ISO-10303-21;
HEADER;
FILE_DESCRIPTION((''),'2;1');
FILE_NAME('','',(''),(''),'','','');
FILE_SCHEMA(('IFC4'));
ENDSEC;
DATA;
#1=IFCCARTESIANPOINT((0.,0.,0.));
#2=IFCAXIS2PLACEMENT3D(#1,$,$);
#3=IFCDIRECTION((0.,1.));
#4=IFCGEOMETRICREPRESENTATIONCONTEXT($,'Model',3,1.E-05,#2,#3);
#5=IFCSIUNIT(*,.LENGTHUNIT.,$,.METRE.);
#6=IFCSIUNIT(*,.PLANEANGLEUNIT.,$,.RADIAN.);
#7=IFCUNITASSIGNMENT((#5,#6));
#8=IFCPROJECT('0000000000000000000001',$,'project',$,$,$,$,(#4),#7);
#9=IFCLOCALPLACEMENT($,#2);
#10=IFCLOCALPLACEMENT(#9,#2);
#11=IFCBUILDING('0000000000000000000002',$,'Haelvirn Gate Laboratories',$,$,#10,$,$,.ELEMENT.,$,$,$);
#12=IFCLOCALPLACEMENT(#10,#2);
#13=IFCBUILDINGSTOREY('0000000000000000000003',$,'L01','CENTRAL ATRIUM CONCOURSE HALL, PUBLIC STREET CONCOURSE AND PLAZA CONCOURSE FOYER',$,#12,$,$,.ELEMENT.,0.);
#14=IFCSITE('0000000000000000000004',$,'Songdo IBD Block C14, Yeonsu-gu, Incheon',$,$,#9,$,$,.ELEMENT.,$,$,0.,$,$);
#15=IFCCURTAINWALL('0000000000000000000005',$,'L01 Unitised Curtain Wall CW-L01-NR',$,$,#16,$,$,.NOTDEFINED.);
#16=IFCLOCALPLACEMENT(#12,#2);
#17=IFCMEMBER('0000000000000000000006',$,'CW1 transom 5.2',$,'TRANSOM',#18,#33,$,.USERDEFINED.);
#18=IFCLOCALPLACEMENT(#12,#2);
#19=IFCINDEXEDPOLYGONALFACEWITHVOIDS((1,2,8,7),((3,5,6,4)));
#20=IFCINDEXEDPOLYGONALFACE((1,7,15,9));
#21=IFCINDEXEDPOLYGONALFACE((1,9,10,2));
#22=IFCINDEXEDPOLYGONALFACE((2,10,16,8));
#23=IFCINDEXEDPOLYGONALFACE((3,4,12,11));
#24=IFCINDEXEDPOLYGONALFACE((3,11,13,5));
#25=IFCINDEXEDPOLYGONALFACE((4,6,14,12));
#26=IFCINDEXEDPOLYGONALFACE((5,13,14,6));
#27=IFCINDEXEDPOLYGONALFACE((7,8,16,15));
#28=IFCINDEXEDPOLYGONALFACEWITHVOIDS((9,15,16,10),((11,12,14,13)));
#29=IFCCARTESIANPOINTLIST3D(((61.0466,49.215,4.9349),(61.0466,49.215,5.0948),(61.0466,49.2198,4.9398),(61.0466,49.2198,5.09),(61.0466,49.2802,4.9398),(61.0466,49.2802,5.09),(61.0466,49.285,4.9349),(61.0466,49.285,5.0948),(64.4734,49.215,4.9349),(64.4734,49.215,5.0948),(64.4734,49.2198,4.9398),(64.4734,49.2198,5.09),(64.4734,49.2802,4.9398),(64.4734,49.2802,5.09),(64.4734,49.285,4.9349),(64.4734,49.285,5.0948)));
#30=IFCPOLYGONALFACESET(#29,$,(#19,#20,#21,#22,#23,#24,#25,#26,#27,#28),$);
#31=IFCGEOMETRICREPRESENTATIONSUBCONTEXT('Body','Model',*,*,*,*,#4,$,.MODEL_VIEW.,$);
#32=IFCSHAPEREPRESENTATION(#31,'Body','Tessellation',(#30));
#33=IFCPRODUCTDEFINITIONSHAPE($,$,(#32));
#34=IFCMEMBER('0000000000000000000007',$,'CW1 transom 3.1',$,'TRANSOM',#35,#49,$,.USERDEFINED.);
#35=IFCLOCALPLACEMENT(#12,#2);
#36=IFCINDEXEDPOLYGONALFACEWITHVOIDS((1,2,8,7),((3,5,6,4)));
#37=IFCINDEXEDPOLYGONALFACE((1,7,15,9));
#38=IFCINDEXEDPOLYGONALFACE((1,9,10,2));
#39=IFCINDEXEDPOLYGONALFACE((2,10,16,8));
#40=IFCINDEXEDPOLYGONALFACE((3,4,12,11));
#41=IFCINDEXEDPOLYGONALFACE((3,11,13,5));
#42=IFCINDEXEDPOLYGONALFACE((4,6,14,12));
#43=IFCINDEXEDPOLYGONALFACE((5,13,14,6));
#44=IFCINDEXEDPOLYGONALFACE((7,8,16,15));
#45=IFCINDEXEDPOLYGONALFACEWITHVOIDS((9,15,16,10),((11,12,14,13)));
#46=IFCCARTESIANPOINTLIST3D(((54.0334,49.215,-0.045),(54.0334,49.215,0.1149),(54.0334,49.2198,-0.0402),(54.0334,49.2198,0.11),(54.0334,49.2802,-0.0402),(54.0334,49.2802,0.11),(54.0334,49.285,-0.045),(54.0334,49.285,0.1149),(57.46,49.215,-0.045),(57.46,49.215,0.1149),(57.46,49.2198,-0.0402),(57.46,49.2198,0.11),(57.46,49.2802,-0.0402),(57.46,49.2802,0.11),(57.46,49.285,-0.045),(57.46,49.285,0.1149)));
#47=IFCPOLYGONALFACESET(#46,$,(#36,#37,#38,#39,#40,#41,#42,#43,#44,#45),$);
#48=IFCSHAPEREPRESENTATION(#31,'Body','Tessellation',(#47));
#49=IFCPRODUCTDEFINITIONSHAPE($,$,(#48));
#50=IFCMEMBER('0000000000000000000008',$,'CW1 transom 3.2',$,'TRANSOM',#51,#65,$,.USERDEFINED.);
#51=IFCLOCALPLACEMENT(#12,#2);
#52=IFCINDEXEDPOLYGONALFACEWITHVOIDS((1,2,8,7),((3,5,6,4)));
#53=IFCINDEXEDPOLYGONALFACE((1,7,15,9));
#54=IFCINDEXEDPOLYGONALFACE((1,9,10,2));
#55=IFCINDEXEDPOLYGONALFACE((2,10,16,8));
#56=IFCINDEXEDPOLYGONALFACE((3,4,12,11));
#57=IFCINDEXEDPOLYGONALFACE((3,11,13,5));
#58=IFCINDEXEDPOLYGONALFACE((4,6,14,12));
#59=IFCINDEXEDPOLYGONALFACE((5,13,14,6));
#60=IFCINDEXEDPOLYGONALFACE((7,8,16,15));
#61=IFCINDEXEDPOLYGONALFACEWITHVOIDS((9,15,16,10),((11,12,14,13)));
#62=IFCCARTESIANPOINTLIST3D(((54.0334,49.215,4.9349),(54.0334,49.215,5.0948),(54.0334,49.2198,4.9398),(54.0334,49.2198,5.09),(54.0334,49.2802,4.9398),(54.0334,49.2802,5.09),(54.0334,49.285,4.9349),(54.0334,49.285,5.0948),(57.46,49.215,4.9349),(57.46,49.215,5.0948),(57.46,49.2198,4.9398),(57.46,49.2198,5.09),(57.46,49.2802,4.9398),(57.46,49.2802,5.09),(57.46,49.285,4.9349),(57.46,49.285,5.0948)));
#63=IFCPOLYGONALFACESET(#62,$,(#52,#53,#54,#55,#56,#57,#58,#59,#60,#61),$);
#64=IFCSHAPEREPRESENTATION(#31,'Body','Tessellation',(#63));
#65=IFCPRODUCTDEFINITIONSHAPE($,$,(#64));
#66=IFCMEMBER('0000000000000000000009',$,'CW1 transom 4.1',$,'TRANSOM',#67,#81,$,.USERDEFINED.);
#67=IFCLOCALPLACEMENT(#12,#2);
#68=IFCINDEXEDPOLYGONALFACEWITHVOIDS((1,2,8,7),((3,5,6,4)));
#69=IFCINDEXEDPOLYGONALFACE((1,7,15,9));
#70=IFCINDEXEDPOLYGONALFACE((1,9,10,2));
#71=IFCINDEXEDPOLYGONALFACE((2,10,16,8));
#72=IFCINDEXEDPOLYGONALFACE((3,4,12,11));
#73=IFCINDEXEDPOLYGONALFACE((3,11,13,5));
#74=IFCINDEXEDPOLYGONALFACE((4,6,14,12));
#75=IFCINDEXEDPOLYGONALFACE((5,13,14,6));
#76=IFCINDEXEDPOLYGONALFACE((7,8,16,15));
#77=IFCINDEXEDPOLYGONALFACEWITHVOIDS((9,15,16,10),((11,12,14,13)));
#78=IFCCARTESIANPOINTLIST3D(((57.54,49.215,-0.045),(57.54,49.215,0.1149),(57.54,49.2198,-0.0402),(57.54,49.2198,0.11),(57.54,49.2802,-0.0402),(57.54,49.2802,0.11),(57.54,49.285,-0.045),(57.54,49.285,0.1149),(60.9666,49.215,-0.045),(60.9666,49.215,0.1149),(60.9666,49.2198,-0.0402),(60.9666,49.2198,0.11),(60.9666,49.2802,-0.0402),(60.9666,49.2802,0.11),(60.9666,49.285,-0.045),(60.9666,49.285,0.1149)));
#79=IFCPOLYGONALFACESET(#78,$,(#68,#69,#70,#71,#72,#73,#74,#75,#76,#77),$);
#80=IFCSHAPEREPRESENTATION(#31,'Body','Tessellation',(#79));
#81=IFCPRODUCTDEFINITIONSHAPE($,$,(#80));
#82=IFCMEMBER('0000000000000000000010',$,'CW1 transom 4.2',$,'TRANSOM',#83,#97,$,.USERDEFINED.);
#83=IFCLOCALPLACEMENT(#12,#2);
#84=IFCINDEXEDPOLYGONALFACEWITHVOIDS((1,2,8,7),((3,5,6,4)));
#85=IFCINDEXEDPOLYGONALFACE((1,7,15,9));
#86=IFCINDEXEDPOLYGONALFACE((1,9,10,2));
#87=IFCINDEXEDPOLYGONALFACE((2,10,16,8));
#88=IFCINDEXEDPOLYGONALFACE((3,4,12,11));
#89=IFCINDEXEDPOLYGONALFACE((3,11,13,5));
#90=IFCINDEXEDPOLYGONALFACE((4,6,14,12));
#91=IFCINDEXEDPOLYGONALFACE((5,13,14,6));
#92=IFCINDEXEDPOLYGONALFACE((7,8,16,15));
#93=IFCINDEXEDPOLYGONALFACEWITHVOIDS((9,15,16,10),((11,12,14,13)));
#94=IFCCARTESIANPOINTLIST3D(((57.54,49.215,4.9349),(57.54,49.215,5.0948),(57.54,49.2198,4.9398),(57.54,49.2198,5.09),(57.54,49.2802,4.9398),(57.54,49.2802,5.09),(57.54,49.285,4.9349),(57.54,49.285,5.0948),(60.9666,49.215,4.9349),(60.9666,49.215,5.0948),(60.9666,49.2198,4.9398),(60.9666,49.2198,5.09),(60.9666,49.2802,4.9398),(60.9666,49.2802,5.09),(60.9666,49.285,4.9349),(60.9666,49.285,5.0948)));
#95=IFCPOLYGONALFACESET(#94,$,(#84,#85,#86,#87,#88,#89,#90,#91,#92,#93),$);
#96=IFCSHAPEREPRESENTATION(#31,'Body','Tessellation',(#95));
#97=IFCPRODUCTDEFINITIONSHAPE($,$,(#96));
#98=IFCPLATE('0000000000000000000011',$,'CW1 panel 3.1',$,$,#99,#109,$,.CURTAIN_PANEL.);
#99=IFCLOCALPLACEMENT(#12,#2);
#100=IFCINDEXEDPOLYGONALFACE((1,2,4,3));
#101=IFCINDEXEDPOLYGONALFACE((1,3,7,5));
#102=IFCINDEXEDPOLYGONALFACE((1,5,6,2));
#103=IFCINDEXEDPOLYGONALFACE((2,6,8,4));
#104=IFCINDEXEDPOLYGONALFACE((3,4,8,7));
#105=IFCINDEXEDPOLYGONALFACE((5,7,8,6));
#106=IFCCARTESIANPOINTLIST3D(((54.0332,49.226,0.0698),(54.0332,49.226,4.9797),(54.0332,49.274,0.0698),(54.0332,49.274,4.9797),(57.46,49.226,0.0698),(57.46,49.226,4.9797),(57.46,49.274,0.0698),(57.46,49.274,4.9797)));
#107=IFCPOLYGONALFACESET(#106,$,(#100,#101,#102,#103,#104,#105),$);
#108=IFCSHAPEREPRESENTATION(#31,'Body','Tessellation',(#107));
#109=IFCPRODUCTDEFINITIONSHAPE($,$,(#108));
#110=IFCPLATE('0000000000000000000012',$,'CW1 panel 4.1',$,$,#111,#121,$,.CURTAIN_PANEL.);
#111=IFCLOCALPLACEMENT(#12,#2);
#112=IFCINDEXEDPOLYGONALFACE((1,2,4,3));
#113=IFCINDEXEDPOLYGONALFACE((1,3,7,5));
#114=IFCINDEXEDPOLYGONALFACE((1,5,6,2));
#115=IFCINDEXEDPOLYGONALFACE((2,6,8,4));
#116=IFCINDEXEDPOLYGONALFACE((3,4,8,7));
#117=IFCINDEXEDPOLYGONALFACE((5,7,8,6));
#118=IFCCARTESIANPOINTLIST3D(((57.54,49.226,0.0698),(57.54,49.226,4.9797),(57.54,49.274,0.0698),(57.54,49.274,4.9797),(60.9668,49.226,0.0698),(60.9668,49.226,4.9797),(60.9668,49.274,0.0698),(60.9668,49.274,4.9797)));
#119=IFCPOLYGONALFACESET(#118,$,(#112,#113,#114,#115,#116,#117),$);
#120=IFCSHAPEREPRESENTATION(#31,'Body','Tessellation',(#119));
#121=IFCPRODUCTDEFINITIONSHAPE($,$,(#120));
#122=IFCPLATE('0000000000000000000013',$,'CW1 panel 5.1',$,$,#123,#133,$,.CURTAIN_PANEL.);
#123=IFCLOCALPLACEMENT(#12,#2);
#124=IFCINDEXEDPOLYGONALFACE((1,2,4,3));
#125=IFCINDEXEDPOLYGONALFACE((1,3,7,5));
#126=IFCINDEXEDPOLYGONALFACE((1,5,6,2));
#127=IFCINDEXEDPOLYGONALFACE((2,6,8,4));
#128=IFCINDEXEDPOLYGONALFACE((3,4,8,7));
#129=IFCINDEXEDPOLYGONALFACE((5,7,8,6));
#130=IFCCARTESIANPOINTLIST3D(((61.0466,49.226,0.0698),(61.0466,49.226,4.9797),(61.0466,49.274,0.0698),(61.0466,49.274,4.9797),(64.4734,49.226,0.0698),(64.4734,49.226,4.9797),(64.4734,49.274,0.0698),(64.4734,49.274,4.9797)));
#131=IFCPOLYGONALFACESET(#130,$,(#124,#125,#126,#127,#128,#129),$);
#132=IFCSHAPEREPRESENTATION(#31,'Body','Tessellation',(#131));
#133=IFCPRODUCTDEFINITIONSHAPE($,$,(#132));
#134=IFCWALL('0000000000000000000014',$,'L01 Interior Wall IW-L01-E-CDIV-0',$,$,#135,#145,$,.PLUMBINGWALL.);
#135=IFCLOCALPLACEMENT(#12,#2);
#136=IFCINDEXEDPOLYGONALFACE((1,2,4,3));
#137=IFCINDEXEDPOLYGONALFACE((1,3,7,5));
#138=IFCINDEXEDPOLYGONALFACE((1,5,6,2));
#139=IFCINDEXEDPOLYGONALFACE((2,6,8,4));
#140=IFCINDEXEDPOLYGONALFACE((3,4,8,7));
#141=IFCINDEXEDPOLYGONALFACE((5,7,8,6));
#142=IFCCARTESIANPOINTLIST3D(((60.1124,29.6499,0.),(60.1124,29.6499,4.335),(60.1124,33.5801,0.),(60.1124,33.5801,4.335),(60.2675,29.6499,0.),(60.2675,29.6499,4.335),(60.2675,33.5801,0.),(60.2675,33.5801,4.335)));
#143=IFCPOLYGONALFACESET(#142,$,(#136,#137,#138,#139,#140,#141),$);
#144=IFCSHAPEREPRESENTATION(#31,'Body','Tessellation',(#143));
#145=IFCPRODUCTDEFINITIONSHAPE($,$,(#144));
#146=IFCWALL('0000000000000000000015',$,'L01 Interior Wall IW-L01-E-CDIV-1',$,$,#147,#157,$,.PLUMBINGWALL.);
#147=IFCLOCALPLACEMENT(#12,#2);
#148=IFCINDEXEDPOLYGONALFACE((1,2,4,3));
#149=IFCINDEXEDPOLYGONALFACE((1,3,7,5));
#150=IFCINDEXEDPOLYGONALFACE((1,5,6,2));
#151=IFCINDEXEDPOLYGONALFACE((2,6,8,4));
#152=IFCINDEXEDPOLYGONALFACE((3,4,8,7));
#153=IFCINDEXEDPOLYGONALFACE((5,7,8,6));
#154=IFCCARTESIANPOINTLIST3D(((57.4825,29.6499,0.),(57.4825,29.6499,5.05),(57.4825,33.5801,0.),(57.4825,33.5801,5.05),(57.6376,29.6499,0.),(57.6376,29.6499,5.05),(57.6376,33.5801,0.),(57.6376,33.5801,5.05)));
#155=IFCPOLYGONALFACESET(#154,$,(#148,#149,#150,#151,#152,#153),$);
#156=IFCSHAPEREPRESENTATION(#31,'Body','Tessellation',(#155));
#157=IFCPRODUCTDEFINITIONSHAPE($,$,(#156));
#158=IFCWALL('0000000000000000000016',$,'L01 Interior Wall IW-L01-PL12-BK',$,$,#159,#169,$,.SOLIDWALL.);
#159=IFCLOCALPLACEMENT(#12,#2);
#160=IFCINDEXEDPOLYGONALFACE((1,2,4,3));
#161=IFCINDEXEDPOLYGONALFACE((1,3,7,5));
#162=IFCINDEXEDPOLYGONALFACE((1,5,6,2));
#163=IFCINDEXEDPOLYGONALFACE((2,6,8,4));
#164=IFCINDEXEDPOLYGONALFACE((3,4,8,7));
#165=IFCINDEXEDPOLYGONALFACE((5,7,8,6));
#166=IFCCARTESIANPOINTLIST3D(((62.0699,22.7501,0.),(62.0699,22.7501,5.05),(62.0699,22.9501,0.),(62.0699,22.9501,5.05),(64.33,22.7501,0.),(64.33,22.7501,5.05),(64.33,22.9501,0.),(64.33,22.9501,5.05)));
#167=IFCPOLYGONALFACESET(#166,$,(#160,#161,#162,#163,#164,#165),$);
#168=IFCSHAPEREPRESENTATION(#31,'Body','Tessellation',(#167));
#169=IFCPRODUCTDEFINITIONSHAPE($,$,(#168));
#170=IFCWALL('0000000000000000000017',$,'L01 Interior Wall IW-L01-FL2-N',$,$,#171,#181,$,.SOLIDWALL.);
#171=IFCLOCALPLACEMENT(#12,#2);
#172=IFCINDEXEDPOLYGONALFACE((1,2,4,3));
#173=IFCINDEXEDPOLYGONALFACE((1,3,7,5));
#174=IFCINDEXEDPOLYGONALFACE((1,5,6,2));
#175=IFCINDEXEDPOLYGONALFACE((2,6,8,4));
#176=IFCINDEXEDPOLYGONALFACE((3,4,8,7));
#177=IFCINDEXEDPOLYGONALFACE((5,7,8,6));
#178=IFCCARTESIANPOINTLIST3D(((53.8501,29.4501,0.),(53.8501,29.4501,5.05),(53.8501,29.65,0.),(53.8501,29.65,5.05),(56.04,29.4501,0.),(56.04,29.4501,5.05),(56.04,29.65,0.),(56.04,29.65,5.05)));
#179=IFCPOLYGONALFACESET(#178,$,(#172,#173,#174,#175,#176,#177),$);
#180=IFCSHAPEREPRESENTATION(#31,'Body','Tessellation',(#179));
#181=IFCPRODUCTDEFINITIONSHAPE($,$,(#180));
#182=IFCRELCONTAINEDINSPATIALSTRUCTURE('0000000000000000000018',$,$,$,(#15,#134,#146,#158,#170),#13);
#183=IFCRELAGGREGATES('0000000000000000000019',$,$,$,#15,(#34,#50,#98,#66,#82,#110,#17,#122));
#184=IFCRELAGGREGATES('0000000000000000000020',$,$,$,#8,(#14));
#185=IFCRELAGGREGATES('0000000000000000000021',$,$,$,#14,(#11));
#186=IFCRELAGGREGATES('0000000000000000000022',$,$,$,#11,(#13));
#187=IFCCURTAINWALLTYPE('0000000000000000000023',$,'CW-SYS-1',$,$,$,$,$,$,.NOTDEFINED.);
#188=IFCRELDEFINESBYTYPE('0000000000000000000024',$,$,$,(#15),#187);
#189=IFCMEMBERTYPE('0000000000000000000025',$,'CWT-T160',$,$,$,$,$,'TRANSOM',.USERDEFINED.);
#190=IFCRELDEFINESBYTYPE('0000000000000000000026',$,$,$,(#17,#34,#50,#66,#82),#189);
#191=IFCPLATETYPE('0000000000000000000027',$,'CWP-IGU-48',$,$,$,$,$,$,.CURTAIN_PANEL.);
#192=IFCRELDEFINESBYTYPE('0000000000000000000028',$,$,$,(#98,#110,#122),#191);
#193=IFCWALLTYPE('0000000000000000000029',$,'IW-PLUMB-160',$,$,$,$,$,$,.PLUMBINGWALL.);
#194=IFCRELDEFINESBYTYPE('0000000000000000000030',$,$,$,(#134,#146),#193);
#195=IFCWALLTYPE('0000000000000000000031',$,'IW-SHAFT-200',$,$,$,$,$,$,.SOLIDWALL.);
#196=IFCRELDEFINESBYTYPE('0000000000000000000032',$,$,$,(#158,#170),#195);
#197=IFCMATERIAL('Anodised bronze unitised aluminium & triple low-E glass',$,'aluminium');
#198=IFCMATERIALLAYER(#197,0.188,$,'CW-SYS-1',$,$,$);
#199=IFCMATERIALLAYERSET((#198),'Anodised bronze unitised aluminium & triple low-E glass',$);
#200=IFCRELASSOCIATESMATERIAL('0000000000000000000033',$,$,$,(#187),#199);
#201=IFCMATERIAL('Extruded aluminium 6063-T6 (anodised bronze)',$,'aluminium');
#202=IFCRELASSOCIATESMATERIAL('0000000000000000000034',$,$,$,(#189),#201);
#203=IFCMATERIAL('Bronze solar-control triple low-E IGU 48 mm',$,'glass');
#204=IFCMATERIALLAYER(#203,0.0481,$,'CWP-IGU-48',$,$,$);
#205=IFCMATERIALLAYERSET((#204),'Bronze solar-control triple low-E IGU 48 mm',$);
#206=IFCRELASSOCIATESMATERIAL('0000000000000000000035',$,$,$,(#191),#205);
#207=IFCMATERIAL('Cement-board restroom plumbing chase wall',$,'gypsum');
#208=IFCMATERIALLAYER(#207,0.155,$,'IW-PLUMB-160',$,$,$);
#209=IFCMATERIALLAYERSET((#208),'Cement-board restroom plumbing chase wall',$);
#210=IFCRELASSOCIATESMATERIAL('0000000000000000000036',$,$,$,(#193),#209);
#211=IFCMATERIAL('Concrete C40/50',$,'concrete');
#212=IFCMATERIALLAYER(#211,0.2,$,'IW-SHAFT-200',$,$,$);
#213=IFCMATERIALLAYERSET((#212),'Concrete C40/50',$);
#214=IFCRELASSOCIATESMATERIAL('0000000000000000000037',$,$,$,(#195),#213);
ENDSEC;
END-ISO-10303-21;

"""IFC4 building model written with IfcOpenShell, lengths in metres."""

from ifc_helpers import new_model, si_unit, direction, frame, frame_2d, origin, origin_2d, place, context, subcontext, project, spatial, rectangle, hollow_rectangle, extrude, source, transform, mapped, material, layer, layer_set, material_profile, profile_set, type_object, type_shapes, element, aggregate, save


model = new_model("IFC4")

# Units and contexts
model_context = context("Model", 3, precision=1e-05, world=origin(), true_north=direction((0.0, 1.0)))
body_context = subcontext(model_context, "Body", "Model", "MODEL_VIEW")
ifc_project = project(units=[si_unit("LENGTHUNIT", "METRE"), si_unit("PLANEANGLEUNIT", "RADIAN")], contexts=[model_context])

# Site, building, storey
site_placement = place(None, origin())
site = spatial("IfcSite", under=ifc_project, at=site_placement, Name="Songdo IBD Block C14, Yeonsu-gu, Incheon", CompositionType="ELEMENT", RefElevation=0.0)
building_placement = place(site_placement, origin())
building = spatial("IfcBuilding", under=site, at=building_placement, Name="Haelvirn Gate Laboratories", CompositionType="ELEMENT")
storey_placement = place(building_placement, origin())
storey = spatial("IfcBuildingStorey", under=building, at=storey_placement, Name="L01", Description="CENTRAL ATRIUM CONCOURSE HALL, PUBLIC STREET CONCOURSE AND PLAZA CONCOURSE FOYER", CompositionType="ELEMENT", Elevation=0.0)

# Curtain wall, members, plates
ifc_material_1 = material(Name="Anodised bronze unitised aluminium & triple low-E glass", Category="aluminium")
ifc_layer_1 = layer(ifc_material_1, 0.188, Name="CW-SYS-1")
ifc_layer_set_1 = layer_set([ifc_layer_1], Name="Anodised bronze unitised aluminium & triple low-E glass")
curtain_wall_type = type_object("IfcCurtainWallType", Name="CW-SYS-1", PredefinedType="NOTDEFINED", material=ifc_layer_set_1)
curtain_wall_placement = place(storey_placement, origin())
curtain_wall = element("IfcCurtainWall", 1, at=curtain_wall_placement, inside=storey, type_object=curtain_wall_type, Name="L01 Unitised Curtain Wall CW-L01-NR", PredefinedType="NOTDEFINED")
ifc_material_2 = material(Name="Extruded aluminium 6063-T6 (anodised bronze)", Category="aluminium")
ifc_material_profile_1 = material_profile(ifc_material_2, hollow_rectangle(XDim=0.0701, YDim=0.1599, WallThickness=0.0049, at=origin_2d()), Name="CWT-160x70x5")
ifc_profile_set_1 = profile_set([ifc_material_profile_1], Name="Extruded aluminium 6063-T6 (anodised bronze)")
member_type_1 = type_object("IfcMemberType", Name="CWT-T160", ElementType="TRANSOM", PredefinedType="USERDEFINED", material=ifc_profile_set_1)
shared_shape_1 = source(origin(), body_context, "Body", "SweptSolid", [
    extrude(hollow_rectangle(XDim=0.0701, YDim=0.1599, WallThickness=0.0049, at=origin_2d()), origin(), (0.0, 0.0, 1.0), 3.4268),
])
member_1_placement = place(storey_placement, frame((61.0466, 49.25, 5.0149), z_axis=(1.0, 0.0, 0.0), x_axis=(0.0, 1.0, 0.0)))
member_1 = element("IfcMember", 2, at=member_1_placement, type_object=member_type_1, Name="CW1 transom 5.2", ObjectType="TRANSOM", PredefinedType="USERDEFINED", context=body_context, shape_type="MappedRepresentation", body=[
    mapped(shared_shape_1, transform((0.0, 0.0, 0.0), scale=1.0)),
])
shared_shape_2 = source(origin(), body_context, "Body", "SweptSolid", [
    extrude(hollow_rectangle(XDim=0.0701, YDim=0.1599, WallThickness=0.0049, at=origin_2d()), origin(), (0.0, 0.0, 1.0), 3.4265),
])
type_shapes(member_type_1, [shared_shape_1, shared_shape_2])
member_2_placement = place(storey_placement, frame((54.0334, 49.25, 0.0349), z_axis=(1.0, 0.0, 0.0), x_axis=(0.0, 1.0, 0.0)))
member_2 = element("IfcMember", 3, at=member_2_placement, type_object=member_type_1, Name="CW1 transom 3.1", ObjectType="TRANSOM", PredefinedType="USERDEFINED", context=body_context, shape_type="MappedRepresentation", body=[
    mapped(shared_shape_2, transform((0.0, 0.0, 0.0), scale=1.0)),
])
member_3_placement = place(storey_placement, frame((54.0334, 49.25, 5.0149), z_axis=(1.0, 0.0, 0.0), x_axis=(0.0, 1.0, 0.0)))
member_3 = element("IfcMember", 4, at=member_3_placement, type_object=member_type_1, Name="CW1 transom 3.2", ObjectType="TRANSOM", PredefinedType="USERDEFINED", context=body_context, shape_type="MappedRepresentation", body=[
    mapped(shared_shape_2, transform((0.0, 0.0, 0.0), scale=1.0)),
])
member_4_placement = place(storey_placement, frame((57.54, 49.25, 0.0349), z_axis=(1.0, 0.0, 0.0), x_axis=(0.0, 1.0, 0.0)))
member_4 = element("IfcMember", 5, at=member_4_placement, type_object=member_type_1, Name="CW1 transom 4.1", ObjectType="TRANSOM", PredefinedType="USERDEFINED", context=body_context, shape_type="MappedRepresentation", body=[
    mapped(shared_shape_2, transform((0.0, 0.0, 0.0), scale=1.0)),
])
member_5_placement = place(storey_placement, frame((57.54, 49.25, 5.0149), z_axis=(1.0, 0.0, 0.0), x_axis=(0.0, 1.0, 0.0)))
member_5 = element("IfcMember", 6, at=member_5_placement, type_object=member_type_1, Name="CW1 transom 4.2", ObjectType="TRANSOM", PredefinedType="USERDEFINED", context=body_context, shape_type="MappedRepresentation", body=[
    mapped(shared_shape_2, transform((0.0, 0.0, 0.0), scale=1.0)),
])
ifc_material_3 = material(Name="Bronze solar-control triple low-E IGU 48 mm", Category="glass")
ifc_layer_2 = layer(ifc_material_3, 0.0481, Name="CWP-IGU-48")
ifc_layer_set_2 = layer_set([ifc_layer_2], Name="Bronze solar-control triple low-E IGU 48 mm")
plate_type = type_object("IfcPlateType", Name="CWP-IGU-48", PredefinedType="CURTAIN_PANEL", material=ifc_layer_set_2)
shared_shape_3 = source(origin(), body_context, "Body", "SweptSolid", [
    extrude(rectangle(XDim=3.4268, YDim=0.0481, at=origin_2d()), origin(), (0.0, 0.0, 1.0), 4.9099),
])
type_shapes(plate_type, [shared_shape_3])
plate_1_placement = place(storey_placement, frame((55.7466, 49.25, 0.0698), z_axis=(0.0, 0.0, 1.0), x_axis=(1.0, 0.0, 0.0)))
plate_1 = element("IfcPlate", 7, at=plate_1_placement, type_object=plate_type, Name="CW1 panel 3.1", PredefinedType="CURTAIN_PANEL", context=body_context, shape_type="MappedRepresentation", body=[
    mapped(shared_shape_3, transform((0.0, 0.0, 0.0), scale=1.0)),
])
plate_2_placement = place(storey_placement, frame((59.2534, 49.25, 0.0698), z_axis=(0.0, 0.0, 1.0), x_axis=(1.0, 0.0, 0.0)))
plate_2 = element("IfcPlate", 8, at=plate_2_placement, type_object=plate_type, Name="CW1 panel 4.1", PredefinedType="CURTAIN_PANEL", context=body_context, shape_type="MappedRepresentation", body=[
    mapped(shared_shape_3, transform((0.0, 0.0, 0.0), scale=1.0)),
])
plate_3_placement = place(storey_placement, frame((62.76, 49.25, 0.0698), z_axis=(0.0, 0.0, 1.0), x_axis=(1.0, 0.0, 0.0)))
plate_3 = element("IfcPlate", 9, at=plate_3_placement, type_object=plate_type, Name="CW1 panel 5.1", PredefinedType="CURTAIN_PANEL", context=body_context, shape_type="MappedRepresentation", body=[
    mapped(shared_shape_3, transform((0.0, 0.0, 0.0), scale=1.0)),
])
aggregate(curtain_wall, [member_2, member_3, plate_1, member_4, member_5, plate_2, member_1, plate_3])

# Walls
ifc_material_4 = material(Name="Cement-board restroom plumbing chase wall", Category="gypsum")
ifc_layer_3 = layer(ifc_material_4, 0.155, Name="IW-PLUMB-160")
ifc_layer_set_3 = layer_set([ifc_layer_3], Name="Cement-board restroom plumbing chase wall")
wall_type_1 = type_object("IfcWallType", Name="IW-PLUMB-160", PredefinedType="PLUMBINGWALL", material=ifc_layer_set_3)
wall_1_placement = place(storey_placement, frame((60.1899, 29.6499, 0.0), z_axis=(0.0, 0.0, 1.0), x_axis=(0.0, 1.0, 0.0)))
element("IfcWall", 10, at=wall_1_placement, inside=storey, type_object=wall_type_1, Name="L01 Interior Wall IW-L01-E-CDIV-0", PredefinedType="PLUMBINGWALL", context=body_context, shape_type="SweptSolid", body=[
    extrude(rectangle(XDim=3.9302, YDim=0.155, at=frame_2d((1.9651, 0.0))), origin(), (0.0, 0.0, 1.0), 4.335),
])
wall_2_placement = place(storey_placement, frame((57.5601, 29.6499, 0.0), z_axis=(0.0, 0.0, 1.0), x_axis=(0.0, 1.0, 0.0)))
element("IfcWall", 11, at=wall_2_placement, inside=storey, type_object=wall_type_1, Name="L01 Interior Wall IW-L01-E-CDIV-1", PredefinedType="PLUMBINGWALL", context=body_context, shape_type="SweptSolid", body=[
    extrude(rectangle(XDim=3.9302, YDim=0.155, at=frame_2d((1.9651, 0.0))), origin(), (0.0, 0.0, 1.0), 5.05),
])
ifc_material_5 = material(Name="Concrete C40/50", Category="concrete")
ifc_layer_4 = layer(ifc_material_5, 0.2, Name="IW-SHAFT-200")
ifc_layer_set_4 = layer_set([ifc_layer_4], Name="Concrete C40/50")
wall_type_2 = type_object("IfcWallType", Name="IW-SHAFT-200", PredefinedType="SOLIDWALL", material=ifc_layer_set_4)
wall_3_placement = place(storey_placement, frame((62.0701, 22.8501, 0.0), z_axis=(0.0, 0.0, 1.0), x_axis=(1.0, 0.0, 0.0)))
element("IfcWall", 12, at=wall_3_placement, inside=storey, type_object=wall_type_2, Name="L01 Interior Wall IW-L01-PL12-BK", PredefinedType="SOLIDWALL", context=body_context, shape_type="SweptSolid", body=[
    extrude(rectangle(XDim=2.26, YDim=0.2, at=frame_2d((1.1299, 0.0))), origin(), (0.0, 0.0, 1.0), 5.05),
])
wall_4_placement = place(storey_placement, frame((53.8501, 29.55, 0.0), z_axis=(0.0, 0.0, 1.0), x_axis=(1.0, 0.0, 0.0)))
element("IfcWall", 13, at=wall_4_placement, inside=storey, type_object=wall_type_2, Name="L01 Interior Wall IW-L01-FL2-N", PredefinedType="SOLIDWALL", context=body_context, shape_type="SweptSolid", body=[
    extrude(rectangle(XDim=2.1899, YDim=0.2, at=frame_2d((1.095, 0.0))), origin(), (0.0, 0.0, 1.0), 5.05),
])

save(model, "model.ifc")
